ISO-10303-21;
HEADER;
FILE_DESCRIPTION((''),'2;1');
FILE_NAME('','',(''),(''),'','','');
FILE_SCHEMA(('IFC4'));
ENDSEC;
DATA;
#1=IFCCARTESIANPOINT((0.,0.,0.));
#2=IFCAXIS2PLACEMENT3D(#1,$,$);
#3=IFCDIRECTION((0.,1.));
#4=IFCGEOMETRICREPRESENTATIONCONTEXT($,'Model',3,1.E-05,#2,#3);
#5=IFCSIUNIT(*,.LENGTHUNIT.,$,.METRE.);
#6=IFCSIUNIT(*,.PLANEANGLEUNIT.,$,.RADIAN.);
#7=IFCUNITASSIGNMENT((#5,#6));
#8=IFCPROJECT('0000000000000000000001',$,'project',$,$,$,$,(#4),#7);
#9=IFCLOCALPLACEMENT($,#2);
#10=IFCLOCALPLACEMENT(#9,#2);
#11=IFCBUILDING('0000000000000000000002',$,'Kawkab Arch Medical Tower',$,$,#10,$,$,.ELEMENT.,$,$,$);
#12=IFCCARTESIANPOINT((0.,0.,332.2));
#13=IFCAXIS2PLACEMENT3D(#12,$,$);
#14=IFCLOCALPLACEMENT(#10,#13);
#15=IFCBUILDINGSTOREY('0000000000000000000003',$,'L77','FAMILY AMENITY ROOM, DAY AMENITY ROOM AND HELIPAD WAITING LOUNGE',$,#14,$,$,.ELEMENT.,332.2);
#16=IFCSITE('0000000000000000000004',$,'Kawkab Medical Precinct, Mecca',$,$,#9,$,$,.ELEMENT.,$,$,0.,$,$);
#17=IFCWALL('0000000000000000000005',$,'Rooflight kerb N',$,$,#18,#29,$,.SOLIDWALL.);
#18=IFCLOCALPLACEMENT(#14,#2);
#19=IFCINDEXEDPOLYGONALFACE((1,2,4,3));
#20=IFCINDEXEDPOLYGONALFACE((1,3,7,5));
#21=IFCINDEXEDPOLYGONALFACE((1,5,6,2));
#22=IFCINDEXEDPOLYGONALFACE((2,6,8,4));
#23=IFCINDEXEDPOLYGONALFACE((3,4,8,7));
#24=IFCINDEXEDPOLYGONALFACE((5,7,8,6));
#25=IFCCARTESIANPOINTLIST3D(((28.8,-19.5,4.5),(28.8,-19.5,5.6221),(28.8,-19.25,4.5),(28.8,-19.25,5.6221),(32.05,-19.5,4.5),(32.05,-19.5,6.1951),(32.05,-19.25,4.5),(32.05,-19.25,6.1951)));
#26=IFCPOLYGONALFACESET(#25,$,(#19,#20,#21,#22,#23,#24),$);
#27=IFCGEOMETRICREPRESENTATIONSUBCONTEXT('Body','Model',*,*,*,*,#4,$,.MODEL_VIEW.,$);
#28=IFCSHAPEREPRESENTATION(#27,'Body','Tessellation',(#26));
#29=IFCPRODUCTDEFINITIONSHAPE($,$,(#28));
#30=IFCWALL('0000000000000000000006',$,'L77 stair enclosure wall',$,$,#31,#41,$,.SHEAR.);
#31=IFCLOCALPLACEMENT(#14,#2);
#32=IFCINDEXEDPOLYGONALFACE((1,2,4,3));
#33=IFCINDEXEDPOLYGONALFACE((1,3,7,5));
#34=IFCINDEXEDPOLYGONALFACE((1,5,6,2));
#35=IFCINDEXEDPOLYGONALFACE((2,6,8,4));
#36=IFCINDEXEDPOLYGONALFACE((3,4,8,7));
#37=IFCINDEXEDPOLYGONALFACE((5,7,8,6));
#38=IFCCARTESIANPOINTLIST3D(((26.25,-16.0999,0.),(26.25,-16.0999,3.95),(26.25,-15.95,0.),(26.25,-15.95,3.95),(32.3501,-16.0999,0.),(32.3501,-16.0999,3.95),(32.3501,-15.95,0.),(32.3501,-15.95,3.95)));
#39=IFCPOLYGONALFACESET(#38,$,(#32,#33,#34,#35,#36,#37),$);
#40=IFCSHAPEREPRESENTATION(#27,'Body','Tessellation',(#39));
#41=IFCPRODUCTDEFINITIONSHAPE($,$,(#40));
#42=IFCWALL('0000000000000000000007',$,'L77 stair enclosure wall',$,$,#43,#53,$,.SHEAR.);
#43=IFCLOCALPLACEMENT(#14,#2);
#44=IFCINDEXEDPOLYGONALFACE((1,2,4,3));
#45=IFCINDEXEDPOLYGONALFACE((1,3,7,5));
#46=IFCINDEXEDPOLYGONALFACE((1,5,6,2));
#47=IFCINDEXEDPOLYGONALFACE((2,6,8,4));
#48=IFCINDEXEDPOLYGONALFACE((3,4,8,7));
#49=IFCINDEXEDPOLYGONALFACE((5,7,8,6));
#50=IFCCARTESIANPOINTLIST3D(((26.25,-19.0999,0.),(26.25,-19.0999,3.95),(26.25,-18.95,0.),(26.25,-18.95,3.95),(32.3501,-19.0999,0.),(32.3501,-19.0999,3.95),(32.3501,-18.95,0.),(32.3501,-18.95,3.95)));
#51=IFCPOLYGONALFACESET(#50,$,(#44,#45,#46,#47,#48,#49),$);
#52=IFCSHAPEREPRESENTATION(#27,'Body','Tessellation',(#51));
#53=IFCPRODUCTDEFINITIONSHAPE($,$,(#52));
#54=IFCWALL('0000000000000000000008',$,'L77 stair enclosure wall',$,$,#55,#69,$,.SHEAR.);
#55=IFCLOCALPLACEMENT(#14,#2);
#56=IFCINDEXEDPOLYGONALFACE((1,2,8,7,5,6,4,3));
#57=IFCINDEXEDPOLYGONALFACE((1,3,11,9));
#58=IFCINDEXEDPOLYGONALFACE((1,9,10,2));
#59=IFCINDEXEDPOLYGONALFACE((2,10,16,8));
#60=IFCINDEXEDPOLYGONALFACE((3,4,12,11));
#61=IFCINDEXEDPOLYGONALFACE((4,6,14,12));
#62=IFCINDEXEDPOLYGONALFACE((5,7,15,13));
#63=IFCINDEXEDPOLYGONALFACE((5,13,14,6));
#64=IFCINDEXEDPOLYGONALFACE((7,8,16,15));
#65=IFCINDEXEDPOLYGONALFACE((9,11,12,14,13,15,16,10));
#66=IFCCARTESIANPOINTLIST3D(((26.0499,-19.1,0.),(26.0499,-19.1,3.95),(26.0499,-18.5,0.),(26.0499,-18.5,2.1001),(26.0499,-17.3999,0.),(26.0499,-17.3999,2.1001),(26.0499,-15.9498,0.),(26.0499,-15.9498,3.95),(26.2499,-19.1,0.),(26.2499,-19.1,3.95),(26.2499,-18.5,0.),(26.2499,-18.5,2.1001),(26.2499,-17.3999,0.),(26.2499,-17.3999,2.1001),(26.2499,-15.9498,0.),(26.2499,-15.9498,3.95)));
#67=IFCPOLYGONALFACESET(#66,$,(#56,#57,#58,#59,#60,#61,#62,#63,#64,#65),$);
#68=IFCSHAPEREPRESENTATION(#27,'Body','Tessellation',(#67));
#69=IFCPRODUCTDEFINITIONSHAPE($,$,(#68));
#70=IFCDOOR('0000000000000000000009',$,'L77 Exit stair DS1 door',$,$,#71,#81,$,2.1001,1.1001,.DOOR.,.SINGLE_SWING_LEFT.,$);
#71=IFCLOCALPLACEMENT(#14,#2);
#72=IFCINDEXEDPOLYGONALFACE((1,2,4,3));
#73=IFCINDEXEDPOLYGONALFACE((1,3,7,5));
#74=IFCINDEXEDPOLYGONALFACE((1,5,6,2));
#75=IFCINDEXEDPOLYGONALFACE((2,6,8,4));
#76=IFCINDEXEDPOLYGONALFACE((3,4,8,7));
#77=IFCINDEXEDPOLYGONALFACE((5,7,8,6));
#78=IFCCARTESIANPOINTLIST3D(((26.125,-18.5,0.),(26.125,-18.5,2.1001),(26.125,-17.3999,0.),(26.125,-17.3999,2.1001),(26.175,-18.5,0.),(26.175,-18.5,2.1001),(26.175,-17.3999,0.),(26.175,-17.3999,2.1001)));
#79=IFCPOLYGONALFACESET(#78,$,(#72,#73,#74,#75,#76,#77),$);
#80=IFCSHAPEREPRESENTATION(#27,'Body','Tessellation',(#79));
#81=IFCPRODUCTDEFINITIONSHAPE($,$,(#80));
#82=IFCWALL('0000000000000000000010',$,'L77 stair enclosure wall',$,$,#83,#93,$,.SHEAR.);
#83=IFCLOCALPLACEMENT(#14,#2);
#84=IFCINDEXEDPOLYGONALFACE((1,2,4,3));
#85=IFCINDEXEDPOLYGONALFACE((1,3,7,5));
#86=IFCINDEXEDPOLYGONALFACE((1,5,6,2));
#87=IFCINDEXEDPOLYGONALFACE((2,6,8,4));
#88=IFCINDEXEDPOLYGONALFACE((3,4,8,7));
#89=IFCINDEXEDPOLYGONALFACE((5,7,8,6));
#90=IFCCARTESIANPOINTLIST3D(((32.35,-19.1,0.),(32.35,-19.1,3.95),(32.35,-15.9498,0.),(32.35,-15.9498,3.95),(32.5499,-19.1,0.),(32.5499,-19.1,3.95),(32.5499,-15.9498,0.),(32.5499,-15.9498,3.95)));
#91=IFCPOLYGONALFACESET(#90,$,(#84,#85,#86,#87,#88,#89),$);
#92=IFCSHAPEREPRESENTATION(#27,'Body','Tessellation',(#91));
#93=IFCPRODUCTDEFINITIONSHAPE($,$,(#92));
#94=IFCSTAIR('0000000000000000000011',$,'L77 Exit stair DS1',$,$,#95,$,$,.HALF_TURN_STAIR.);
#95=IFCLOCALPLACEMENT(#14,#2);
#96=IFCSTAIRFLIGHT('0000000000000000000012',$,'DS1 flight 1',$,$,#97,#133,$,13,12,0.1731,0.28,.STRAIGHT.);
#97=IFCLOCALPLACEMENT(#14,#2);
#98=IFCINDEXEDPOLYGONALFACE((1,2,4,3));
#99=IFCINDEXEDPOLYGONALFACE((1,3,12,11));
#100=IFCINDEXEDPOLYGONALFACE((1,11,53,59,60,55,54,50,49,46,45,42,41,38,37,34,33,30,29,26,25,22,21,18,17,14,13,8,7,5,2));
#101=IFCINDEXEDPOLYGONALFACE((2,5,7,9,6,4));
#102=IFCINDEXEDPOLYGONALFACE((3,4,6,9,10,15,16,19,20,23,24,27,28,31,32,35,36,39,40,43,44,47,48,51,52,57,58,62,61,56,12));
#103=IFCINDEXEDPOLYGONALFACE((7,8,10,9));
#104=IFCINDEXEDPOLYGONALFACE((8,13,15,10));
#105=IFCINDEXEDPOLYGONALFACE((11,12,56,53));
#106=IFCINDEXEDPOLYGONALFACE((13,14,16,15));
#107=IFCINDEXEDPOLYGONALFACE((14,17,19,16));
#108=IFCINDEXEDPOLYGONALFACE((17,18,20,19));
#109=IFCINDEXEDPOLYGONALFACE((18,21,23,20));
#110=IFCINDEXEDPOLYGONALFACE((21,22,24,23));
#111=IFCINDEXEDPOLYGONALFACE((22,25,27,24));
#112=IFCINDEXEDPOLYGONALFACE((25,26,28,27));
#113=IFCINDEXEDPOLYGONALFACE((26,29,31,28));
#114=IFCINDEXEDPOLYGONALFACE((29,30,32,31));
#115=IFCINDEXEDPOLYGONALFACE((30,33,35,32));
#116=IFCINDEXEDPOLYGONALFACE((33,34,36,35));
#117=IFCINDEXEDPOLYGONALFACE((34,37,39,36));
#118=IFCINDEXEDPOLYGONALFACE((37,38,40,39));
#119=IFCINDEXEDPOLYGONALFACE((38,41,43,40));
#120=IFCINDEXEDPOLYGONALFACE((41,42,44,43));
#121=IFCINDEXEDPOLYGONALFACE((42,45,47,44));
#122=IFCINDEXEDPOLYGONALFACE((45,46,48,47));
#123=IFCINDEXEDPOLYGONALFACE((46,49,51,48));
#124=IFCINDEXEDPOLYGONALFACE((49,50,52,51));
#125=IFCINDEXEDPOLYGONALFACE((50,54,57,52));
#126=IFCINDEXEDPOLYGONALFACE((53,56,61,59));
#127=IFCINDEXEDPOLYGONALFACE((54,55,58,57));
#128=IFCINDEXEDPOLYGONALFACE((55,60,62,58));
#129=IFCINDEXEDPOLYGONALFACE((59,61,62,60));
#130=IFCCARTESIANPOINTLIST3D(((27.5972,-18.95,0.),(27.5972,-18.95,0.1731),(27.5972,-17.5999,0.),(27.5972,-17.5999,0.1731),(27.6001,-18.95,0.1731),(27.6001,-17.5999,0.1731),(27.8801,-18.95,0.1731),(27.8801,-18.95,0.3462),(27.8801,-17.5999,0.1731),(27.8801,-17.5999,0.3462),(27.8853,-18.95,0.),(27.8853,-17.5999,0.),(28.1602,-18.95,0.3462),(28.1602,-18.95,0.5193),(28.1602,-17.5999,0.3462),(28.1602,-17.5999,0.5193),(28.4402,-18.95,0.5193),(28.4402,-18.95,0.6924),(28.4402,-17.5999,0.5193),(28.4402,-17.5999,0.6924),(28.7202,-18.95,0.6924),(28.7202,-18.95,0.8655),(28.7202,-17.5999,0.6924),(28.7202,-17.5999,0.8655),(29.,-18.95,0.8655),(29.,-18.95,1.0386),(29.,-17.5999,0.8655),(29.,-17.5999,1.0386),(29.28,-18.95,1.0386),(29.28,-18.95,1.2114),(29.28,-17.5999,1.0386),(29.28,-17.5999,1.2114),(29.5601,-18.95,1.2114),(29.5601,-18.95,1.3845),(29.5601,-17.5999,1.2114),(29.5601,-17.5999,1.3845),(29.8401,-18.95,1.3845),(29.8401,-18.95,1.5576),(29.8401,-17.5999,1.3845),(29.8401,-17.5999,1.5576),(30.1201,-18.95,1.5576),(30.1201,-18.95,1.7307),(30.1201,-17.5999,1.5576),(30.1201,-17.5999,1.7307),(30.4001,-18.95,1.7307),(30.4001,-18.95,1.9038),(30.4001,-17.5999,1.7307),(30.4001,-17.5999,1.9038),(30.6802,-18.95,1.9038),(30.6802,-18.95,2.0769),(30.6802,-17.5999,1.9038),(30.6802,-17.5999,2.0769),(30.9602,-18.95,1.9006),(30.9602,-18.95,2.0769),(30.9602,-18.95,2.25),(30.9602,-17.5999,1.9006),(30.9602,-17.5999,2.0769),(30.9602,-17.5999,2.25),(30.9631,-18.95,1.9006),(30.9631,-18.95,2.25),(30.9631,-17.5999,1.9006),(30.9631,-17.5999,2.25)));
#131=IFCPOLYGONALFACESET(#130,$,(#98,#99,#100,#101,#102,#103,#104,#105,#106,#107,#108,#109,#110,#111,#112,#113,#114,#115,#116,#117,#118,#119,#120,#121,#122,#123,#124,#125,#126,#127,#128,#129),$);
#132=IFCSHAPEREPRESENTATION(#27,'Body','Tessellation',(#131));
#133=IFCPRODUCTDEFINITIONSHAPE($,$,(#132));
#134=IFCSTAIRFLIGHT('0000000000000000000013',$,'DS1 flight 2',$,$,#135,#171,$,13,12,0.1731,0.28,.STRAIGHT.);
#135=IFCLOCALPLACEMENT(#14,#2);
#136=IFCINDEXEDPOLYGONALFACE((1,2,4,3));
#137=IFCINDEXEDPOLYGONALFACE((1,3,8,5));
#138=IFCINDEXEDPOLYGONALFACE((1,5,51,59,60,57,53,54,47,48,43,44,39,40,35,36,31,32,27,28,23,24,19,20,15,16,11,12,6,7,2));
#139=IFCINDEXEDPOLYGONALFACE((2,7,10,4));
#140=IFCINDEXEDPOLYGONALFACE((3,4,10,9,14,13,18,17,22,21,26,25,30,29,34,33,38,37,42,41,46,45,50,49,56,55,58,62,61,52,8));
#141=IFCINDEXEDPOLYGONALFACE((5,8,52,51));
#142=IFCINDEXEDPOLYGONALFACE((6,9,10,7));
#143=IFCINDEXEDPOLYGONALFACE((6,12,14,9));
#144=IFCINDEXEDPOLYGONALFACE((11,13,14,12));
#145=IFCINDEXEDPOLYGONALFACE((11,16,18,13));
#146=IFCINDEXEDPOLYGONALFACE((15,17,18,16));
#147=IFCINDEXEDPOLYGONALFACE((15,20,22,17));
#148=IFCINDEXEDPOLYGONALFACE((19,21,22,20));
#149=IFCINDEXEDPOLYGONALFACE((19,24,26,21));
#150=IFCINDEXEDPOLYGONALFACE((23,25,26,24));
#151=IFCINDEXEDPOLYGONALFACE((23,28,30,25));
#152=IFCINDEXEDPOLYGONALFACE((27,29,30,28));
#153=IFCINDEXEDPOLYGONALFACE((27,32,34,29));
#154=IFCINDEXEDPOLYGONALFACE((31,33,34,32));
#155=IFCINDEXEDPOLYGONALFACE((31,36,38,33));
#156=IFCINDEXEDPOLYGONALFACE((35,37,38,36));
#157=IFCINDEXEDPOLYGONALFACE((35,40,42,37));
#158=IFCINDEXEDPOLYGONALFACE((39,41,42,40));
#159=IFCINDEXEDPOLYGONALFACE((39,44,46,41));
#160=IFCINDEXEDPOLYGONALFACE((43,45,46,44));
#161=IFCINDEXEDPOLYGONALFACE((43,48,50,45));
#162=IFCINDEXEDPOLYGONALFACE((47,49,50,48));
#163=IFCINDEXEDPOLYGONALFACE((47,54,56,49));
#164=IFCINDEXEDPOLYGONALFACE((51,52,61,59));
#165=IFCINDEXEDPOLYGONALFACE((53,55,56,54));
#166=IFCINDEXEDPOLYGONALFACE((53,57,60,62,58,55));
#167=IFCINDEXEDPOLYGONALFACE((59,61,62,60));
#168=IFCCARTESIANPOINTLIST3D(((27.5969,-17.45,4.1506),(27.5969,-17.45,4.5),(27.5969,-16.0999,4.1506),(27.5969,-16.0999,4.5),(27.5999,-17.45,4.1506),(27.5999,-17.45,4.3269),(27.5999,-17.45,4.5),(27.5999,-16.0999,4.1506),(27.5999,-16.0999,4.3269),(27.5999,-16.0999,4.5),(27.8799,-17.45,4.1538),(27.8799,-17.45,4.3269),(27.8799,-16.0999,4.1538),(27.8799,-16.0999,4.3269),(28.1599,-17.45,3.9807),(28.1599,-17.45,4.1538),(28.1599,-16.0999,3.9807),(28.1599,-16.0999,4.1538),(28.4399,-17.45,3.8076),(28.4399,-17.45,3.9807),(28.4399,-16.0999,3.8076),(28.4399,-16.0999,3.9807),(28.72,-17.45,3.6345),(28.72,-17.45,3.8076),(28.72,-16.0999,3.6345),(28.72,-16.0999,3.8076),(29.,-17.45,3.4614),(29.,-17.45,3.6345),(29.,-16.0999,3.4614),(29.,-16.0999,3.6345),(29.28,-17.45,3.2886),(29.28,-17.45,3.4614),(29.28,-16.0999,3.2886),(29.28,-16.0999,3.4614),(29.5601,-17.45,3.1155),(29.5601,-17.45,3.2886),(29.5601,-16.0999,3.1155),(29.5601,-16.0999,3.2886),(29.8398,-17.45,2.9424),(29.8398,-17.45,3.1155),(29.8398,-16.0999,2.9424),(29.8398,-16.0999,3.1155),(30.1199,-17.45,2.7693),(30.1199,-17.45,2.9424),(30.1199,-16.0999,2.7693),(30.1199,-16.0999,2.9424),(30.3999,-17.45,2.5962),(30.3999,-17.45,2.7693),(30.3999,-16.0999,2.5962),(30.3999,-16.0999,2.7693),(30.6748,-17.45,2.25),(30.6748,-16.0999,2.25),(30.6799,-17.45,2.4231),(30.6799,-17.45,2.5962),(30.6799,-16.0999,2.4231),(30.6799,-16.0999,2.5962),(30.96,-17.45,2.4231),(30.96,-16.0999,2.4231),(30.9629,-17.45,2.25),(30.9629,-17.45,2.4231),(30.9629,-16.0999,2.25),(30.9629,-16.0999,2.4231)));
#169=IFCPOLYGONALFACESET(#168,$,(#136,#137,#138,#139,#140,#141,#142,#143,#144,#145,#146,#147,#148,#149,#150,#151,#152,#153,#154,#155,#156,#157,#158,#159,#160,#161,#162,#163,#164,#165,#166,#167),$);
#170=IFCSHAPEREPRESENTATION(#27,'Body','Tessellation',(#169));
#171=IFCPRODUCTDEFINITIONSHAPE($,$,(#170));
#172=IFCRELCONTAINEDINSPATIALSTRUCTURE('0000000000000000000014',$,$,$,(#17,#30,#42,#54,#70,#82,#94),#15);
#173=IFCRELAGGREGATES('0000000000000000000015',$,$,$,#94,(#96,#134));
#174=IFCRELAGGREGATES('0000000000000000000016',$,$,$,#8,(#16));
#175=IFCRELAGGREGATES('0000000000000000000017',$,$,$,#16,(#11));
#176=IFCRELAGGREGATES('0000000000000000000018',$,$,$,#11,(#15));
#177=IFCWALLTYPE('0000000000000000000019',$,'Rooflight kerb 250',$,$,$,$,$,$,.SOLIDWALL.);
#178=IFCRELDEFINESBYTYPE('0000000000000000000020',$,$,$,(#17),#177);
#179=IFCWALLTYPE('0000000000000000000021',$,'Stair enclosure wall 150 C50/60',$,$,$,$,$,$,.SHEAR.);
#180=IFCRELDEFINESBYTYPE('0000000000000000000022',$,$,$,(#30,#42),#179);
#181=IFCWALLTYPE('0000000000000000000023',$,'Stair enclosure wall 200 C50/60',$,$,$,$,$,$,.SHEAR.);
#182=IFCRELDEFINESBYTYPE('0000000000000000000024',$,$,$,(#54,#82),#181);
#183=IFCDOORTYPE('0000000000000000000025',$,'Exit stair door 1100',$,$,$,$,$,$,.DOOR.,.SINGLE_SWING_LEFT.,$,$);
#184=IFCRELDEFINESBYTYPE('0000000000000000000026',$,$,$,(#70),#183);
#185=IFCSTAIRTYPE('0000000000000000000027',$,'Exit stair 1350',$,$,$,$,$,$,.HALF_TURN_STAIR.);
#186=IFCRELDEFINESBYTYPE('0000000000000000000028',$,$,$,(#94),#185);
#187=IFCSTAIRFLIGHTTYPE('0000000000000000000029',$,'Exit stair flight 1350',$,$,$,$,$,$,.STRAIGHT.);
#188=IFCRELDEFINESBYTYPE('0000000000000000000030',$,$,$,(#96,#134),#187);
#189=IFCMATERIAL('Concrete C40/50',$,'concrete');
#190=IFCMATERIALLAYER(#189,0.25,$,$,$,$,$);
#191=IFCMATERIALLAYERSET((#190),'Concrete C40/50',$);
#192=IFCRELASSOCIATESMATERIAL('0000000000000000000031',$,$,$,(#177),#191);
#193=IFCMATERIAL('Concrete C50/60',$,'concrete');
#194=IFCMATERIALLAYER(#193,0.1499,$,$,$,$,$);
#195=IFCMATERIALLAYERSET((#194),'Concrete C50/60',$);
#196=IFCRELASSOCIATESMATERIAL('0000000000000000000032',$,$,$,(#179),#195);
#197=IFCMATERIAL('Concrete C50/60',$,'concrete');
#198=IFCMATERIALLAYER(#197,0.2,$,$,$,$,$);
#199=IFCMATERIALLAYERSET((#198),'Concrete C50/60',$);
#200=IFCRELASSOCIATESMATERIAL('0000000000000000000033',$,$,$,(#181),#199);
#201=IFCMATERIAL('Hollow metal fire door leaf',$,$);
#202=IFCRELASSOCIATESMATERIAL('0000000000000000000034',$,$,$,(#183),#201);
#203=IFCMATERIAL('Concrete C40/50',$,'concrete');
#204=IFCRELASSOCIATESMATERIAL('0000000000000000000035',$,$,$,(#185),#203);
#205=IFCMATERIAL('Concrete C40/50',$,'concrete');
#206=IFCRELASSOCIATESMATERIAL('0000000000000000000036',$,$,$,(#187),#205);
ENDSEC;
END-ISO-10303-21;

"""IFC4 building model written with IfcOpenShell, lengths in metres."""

from ifc_helpers import new_model, si_unit, direction, frame, frame_2d, origin, place, context, subcontext, project, spatial, polyline, rectangle, outline, extrude, material, layer, layer_set, type_object, element, fill, aggregate, save


model = new_model("IFC4")

# Units and contexts
model_context = context("Model", 3, precision=1e-05, world=origin(), true_north=direction((0.0, 1.0)))
body_context = subcontext(model_context, "Body", "Model", "MODEL_VIEW")
ifc_project = project(units=[si_unit("LENGTHUNIT", "METRE"), si_unit("PLANEANGLEUNIT", "RADIAN")], contexts=[model_context])

# Site, building, storey
site_placement = place(None, origin())
site = spatial("IfcSite", under=ifc_project, at=site_placement, Name="Kawkab Medical Precinct, Mecca", CompositionType="ELEMENT", RefElevation=0.0)
building_placement = place(site_placement, origin())
building = spatial("IfcBuilding", under=site, at=building_placement, Name="Kawkab Arch Medical Tower", CompositionType="ELEMENT")
storey_placement = place(building_placement, frame((0.0, 0.0, 332.2)))
storey = spatial("IfcBuildingStorey", under=building, at=storey_placement, Name="L77", Description="FAMILY AMENITY ROOM, DAY AMENITY ROOM AND HELIPAD WAITING LOUNGE", CompositionType="ELEMENT", Elevation=332.2)

# Walls
ifc_material_1 = material(Name="Concrete C40/50", Category="concrete")
ifc_layer_1 = layer(ifc_material_1, 0.25)
ifc_layer_set_1 = layer_set([ifc_layer_1], Name="Concrete C40/50")
wall_type_1 = type_object("IfcWallType", Name="Rooflight kerb 250", PredefinedType="SOLIDWALL", material=ifc_layer_set_1)
wall_1_placement = place(storey_placement, frame((28.8, -19.375, 4.5), z_axis=(0.0, 0.0, 1.0), x_axis=(1.0, 0.0, 0.0)))
element("IfcWall", 1, at=wall_1_placement, inside=storey, type_object=wall_type_1, Name="Rooflight kerb N", PredefinedType="SOLIDWALL", context=body_context, shape_type="SweptSolid", body=[
    extrude(outline(polyline([(0.0, 0.0), (3.25, 0.0), (3.25, 1.6951), (0.0, 1.1221), (0.0, 0.0)])), frame((0.0, 0.125, 0.0), z_axis=(0.0, -1.0, 0.0), x_axis=(1.0, 0.0, 0.0)), (0.0, 0.0, 1.0), 0.25),
])
ifc_material_2 = material(Name="Concrete C50/60", Category="concrete")
ifc_layer_2 = layer(ifc_material_2, 0.1499)
ifc_layer_set_2 = layer_set([ifc_layer_2], Name="Concrete C50/60")
wall_type_2 = type_object("IfcWallType", Name="Stair enclosure wall 150 C50/60", PredefinedType="SHEAR", material=ifc_layer_set_2)
for number, where, z_axis, x_axis, name in (
    (2, (26.25, -16.0249, 0.0), (0.0, 0.0, 1.0), (1.0, 0.0, 0.0), "L77 stair enclosure wall"),
    (3, (26.25, -19.0249, 0.0), (0.0, 0.0, 1.0), (1.0, 0.0, 0.0), "L77 stair enclosure wall"),
):
    element("IfcWall", number, at=place(storey_placement, frame(where, z_axis=z_axis, x_axis=x_axis)), inside=storey, type_object=wall_type_2, Name=name, PredefinedType="SHEAR", context=body_context, shape_type="SweptSolid", body=[
        extrude(rectangle(XDim=6.1001, YDim=0.1499, at=frame_2d((3.05, 0.0))), origin(), (0.0, 0.0, 1.0), 3.95),
    ])

# Wall, opening, door
ifc_material_3 = material(Name="Concrete C50/60", Category="concrete")
ifc_layer_3 = layer(ifc_material_3, 0.2)
ifc_layer_set_3 = layer_set([ifc_layer_3], Name="Concrete C50/60")
wall_type_3 = type_object("IfcWallType", Name="Stair enclosure wall 200 C50/60", PredefinedType="SHEAR", material=ifc_layer_set_3)
wall_2_placement = place(storey_placement, frame((26.1499, -19.1001, 0.0), z_axis=(0.0, 0.0, 1.0), x_axis=(0.0, 1.0, 0.0)))
wall_2 = element("IfcWall", 4, at=wall_2_placement, inside=storey, type_object=wall_type_3, Name="L77 stair enclosure wall", PredefinedType="SHEAR", context=body_context, shape_type="SweptSolid", body=[
    extrude(rectangle(XDim=3.1501, YDim=0.2, at=frame_2d((1.5752, 0.0))), origin(), (0.0, 0.0, 1.0), 3.95),
])
opening_placement = place(wall_2_placement, frame((0.6001, 0.0, 0.0)))
opening = element("IfcOpeningElement", 5, at=opening_placement, cuts=wall_2, PredefinedType="OPENING", context=body_context, shape_type="SweptSolid", body=[
    extrude(rectangle(XDim=1.1001, YDim=2.1001, at=frame_2d((0.55, 1.05))), frame((0.0, 0.1099, 0.0), z_axis=(0.0, -1.0, 0.0), x_axis=(1.0, 0.0, 0.0)), (0.0, 0.0, 1.0), 0.22),
])
ifc_material_4 = material(Name="Hollow metal fire door leaf")
door_type = type_object("IfcDoorType", Name="Exit stair door 1100", OperationType="SINGLE_SWING_LEFT", PredefinedType="DOOR", material=ifc_material_4)
door_placement = place(opening_placement, origin())
door = element("IfcDoor", 6, at=door_placement, inside=storey, type_object=door_type, Name="L77 Exit stair DS1 door", OperationType="SINGLE_SWING_LEFT", OverallHeight=2.1001, OverallWidth=1.1001, PredefinedType="DOOR", context=body_context, shape_type="SweptSolid", body=[
    extrude(rectangle(XDim=1.1001, YDim=2.1001, at=frame_2d((0.55, 1.05))), frame((0.0, 0.0249, 0.0), z_axis=(0.0, -1.0, 0.0), x_axis=(1.0, 0.0, 0.0)), (0.0, 0.0, 1.0), 0.05),
])
fill(opening, door)

# Wall
wall_3_placement = place(storey_placement, frame((32.45, -19.1001, 0.0), z_axis=(0.0, 0.0, 1.0), x_axis=(0.0, 1.0, 0.0)))
element("IfcWall", 7, at=wall_3_placement, inside=storey, type_object=wall_type_3, Name="L77 stair enclosure wall", PredefinedType="SHEAR", context=body_context, shape_type="SweptSolid", body=[
    extrude(rectangle(XDim=3.1501, YDim=0.2, at=frame_2d((1.5752, 0.0))), origin(), (0.0, 0.0, 1.0), 3.95),
])

# Stair, stair flights
ifc_material_5 = material(Name="Concrete C40/50", Category="concrete")
stair_type = type_object("IfcStairType", Name="Exit stair 1350", PredefinedType="HALF_TURN_STAIR", material=ifc_material_5)
stair_placement = place(storey_placement, origin())
stair = element("IfcStair", 8, at=stair_placement, inside=storey, type_object=stair_type, Name="L77 Exit stair DS1", PredefinedType="HALF_TURN_STAIR")
ifc_material_6 = material(Name="Concrete C40/50", Category="concrete")
stair_flight_type = type_object("IfcStairFlightType", Name="Exit stair flight 1350", PredefinedType="STRAIGHT", material=ifc_material_6)
stair_flight_1_placement = place(storey_placement, frame((27.6001, -18.2749, 0.0), z_axis=(0.0, 0.0, 1.0), x_axis=(1.0, 0.0, 0.0)))
stair_flight_1 = element("IfcStairFlight", 9, at=stair_flight_1_placement, type_object=stair_flight_type, Name="DS1 flight 1", NumberOfRisers=13, NumberOfTreads=12, PredefinedType="STRAIGHT", RiserHeight=0.1731, TreadLength=0.28, context=body_context, shape_type="SweptSolid", body=[
    extrude(outline(polyline([(-0.0029, 0.0), (-0.0029, 0.1731), (0.0, 0.1731), (0.28, 0.1731), (0.28, 0.3462), (0.5601, 0.3462), (0.5601, 0.5193), (0.8401, 0.5193), (0.8401, 0.6924), (1.1201, 0.6924), (1.1201, 0.8655), (1.3999, 0.8655), (1.3999, 1.0386), (1.6799, 1.0386), (1.6799, 1.2114), (1.96, 1.2114), (1.96, 1.3845), (2.24, 1.3845), (2.24, 1.5576), (2.52, 1.5576), (2.52, 1.7307), (2.8, 1.7307), (2.8, 1.9038), (3.0801, 1.9038), (3.0801, 2.0769), (3.3601, 2.0769), (3.3601, 2.25), (3.363, 2.25), (3.363, 1.9006), (3.3601, 1.9006), (0.2852, 0.0), (-0.0029, 0.0)])), frame((0.0, 0.675, 0.0), z_axis=(0.0, -1.0, 0.0), x_axis=(1.0, 0.0, 0.0)), (0.0, 0.0, 1.0), 1.3501),
])
stair_flight_2_placement = place(storey_placement, frame((30.96, -16.7749, 2.25), z_axis=(0.0, 0.0, 1.0), x_axis=(-1.0, 0.0, 0.0)))
stair_flight_2 = element("IfcStairFlight", 10, at=stair_flight_2_placement, type_object=stair_flight_type, Name="DS1 flight 2", NumberOfRisers=13, NumberOfTreads=12, PredefinedType="STRAIGHT", RiserHeight=0.1731, TreadLength=0.28, context=body_context, shape_type="SweptSolid", body=[
    extrude(outline(polyline([(-0.0029, 0.0), (-0.0029, 0.1731), (0.0, 0.1731), (0.28, 0.1731), (0.28, 0.3462), (0.5601, 0.3462), (0.5601, 0.5193), (0.8401, 0.5193), (0.8401, 0.6924), (1.1201, 0.6924), (1.1201, 0.8655), (1.3999, 0.8655), (1.3999, 1.0386), (1.6799, 1.0386), (1.6799, 1.2114), (1.96, 1.2114), (1.96, 1.3845), (2.24, 1.3845), (2.24, 1.5576), (2.52, 1.5576), (2.52, 1.7307), (2.8, 1.7307), (2.8, 1.9038), (3.0801, 1.9038), (3.0801, 2.0769), (3.3601, 2.0769), (3.3601, 2.25), (3.363, 2.25), (3.363, 1.9006), (3.3601, 1.9006), (0.2852, 0.0), (-0.0029, 0.0)])), frame((0.0, 0.675, 0.0), z_axis=(0.0, -1.0, 0.0), x_axis=(1.0, 0.0, 0.0)), (0.0, 0.0, 1.0), 1.3501),
])
aggregate(stair, [stair_flight_1, stair_flight_2])

save(model, "model.ifc")
